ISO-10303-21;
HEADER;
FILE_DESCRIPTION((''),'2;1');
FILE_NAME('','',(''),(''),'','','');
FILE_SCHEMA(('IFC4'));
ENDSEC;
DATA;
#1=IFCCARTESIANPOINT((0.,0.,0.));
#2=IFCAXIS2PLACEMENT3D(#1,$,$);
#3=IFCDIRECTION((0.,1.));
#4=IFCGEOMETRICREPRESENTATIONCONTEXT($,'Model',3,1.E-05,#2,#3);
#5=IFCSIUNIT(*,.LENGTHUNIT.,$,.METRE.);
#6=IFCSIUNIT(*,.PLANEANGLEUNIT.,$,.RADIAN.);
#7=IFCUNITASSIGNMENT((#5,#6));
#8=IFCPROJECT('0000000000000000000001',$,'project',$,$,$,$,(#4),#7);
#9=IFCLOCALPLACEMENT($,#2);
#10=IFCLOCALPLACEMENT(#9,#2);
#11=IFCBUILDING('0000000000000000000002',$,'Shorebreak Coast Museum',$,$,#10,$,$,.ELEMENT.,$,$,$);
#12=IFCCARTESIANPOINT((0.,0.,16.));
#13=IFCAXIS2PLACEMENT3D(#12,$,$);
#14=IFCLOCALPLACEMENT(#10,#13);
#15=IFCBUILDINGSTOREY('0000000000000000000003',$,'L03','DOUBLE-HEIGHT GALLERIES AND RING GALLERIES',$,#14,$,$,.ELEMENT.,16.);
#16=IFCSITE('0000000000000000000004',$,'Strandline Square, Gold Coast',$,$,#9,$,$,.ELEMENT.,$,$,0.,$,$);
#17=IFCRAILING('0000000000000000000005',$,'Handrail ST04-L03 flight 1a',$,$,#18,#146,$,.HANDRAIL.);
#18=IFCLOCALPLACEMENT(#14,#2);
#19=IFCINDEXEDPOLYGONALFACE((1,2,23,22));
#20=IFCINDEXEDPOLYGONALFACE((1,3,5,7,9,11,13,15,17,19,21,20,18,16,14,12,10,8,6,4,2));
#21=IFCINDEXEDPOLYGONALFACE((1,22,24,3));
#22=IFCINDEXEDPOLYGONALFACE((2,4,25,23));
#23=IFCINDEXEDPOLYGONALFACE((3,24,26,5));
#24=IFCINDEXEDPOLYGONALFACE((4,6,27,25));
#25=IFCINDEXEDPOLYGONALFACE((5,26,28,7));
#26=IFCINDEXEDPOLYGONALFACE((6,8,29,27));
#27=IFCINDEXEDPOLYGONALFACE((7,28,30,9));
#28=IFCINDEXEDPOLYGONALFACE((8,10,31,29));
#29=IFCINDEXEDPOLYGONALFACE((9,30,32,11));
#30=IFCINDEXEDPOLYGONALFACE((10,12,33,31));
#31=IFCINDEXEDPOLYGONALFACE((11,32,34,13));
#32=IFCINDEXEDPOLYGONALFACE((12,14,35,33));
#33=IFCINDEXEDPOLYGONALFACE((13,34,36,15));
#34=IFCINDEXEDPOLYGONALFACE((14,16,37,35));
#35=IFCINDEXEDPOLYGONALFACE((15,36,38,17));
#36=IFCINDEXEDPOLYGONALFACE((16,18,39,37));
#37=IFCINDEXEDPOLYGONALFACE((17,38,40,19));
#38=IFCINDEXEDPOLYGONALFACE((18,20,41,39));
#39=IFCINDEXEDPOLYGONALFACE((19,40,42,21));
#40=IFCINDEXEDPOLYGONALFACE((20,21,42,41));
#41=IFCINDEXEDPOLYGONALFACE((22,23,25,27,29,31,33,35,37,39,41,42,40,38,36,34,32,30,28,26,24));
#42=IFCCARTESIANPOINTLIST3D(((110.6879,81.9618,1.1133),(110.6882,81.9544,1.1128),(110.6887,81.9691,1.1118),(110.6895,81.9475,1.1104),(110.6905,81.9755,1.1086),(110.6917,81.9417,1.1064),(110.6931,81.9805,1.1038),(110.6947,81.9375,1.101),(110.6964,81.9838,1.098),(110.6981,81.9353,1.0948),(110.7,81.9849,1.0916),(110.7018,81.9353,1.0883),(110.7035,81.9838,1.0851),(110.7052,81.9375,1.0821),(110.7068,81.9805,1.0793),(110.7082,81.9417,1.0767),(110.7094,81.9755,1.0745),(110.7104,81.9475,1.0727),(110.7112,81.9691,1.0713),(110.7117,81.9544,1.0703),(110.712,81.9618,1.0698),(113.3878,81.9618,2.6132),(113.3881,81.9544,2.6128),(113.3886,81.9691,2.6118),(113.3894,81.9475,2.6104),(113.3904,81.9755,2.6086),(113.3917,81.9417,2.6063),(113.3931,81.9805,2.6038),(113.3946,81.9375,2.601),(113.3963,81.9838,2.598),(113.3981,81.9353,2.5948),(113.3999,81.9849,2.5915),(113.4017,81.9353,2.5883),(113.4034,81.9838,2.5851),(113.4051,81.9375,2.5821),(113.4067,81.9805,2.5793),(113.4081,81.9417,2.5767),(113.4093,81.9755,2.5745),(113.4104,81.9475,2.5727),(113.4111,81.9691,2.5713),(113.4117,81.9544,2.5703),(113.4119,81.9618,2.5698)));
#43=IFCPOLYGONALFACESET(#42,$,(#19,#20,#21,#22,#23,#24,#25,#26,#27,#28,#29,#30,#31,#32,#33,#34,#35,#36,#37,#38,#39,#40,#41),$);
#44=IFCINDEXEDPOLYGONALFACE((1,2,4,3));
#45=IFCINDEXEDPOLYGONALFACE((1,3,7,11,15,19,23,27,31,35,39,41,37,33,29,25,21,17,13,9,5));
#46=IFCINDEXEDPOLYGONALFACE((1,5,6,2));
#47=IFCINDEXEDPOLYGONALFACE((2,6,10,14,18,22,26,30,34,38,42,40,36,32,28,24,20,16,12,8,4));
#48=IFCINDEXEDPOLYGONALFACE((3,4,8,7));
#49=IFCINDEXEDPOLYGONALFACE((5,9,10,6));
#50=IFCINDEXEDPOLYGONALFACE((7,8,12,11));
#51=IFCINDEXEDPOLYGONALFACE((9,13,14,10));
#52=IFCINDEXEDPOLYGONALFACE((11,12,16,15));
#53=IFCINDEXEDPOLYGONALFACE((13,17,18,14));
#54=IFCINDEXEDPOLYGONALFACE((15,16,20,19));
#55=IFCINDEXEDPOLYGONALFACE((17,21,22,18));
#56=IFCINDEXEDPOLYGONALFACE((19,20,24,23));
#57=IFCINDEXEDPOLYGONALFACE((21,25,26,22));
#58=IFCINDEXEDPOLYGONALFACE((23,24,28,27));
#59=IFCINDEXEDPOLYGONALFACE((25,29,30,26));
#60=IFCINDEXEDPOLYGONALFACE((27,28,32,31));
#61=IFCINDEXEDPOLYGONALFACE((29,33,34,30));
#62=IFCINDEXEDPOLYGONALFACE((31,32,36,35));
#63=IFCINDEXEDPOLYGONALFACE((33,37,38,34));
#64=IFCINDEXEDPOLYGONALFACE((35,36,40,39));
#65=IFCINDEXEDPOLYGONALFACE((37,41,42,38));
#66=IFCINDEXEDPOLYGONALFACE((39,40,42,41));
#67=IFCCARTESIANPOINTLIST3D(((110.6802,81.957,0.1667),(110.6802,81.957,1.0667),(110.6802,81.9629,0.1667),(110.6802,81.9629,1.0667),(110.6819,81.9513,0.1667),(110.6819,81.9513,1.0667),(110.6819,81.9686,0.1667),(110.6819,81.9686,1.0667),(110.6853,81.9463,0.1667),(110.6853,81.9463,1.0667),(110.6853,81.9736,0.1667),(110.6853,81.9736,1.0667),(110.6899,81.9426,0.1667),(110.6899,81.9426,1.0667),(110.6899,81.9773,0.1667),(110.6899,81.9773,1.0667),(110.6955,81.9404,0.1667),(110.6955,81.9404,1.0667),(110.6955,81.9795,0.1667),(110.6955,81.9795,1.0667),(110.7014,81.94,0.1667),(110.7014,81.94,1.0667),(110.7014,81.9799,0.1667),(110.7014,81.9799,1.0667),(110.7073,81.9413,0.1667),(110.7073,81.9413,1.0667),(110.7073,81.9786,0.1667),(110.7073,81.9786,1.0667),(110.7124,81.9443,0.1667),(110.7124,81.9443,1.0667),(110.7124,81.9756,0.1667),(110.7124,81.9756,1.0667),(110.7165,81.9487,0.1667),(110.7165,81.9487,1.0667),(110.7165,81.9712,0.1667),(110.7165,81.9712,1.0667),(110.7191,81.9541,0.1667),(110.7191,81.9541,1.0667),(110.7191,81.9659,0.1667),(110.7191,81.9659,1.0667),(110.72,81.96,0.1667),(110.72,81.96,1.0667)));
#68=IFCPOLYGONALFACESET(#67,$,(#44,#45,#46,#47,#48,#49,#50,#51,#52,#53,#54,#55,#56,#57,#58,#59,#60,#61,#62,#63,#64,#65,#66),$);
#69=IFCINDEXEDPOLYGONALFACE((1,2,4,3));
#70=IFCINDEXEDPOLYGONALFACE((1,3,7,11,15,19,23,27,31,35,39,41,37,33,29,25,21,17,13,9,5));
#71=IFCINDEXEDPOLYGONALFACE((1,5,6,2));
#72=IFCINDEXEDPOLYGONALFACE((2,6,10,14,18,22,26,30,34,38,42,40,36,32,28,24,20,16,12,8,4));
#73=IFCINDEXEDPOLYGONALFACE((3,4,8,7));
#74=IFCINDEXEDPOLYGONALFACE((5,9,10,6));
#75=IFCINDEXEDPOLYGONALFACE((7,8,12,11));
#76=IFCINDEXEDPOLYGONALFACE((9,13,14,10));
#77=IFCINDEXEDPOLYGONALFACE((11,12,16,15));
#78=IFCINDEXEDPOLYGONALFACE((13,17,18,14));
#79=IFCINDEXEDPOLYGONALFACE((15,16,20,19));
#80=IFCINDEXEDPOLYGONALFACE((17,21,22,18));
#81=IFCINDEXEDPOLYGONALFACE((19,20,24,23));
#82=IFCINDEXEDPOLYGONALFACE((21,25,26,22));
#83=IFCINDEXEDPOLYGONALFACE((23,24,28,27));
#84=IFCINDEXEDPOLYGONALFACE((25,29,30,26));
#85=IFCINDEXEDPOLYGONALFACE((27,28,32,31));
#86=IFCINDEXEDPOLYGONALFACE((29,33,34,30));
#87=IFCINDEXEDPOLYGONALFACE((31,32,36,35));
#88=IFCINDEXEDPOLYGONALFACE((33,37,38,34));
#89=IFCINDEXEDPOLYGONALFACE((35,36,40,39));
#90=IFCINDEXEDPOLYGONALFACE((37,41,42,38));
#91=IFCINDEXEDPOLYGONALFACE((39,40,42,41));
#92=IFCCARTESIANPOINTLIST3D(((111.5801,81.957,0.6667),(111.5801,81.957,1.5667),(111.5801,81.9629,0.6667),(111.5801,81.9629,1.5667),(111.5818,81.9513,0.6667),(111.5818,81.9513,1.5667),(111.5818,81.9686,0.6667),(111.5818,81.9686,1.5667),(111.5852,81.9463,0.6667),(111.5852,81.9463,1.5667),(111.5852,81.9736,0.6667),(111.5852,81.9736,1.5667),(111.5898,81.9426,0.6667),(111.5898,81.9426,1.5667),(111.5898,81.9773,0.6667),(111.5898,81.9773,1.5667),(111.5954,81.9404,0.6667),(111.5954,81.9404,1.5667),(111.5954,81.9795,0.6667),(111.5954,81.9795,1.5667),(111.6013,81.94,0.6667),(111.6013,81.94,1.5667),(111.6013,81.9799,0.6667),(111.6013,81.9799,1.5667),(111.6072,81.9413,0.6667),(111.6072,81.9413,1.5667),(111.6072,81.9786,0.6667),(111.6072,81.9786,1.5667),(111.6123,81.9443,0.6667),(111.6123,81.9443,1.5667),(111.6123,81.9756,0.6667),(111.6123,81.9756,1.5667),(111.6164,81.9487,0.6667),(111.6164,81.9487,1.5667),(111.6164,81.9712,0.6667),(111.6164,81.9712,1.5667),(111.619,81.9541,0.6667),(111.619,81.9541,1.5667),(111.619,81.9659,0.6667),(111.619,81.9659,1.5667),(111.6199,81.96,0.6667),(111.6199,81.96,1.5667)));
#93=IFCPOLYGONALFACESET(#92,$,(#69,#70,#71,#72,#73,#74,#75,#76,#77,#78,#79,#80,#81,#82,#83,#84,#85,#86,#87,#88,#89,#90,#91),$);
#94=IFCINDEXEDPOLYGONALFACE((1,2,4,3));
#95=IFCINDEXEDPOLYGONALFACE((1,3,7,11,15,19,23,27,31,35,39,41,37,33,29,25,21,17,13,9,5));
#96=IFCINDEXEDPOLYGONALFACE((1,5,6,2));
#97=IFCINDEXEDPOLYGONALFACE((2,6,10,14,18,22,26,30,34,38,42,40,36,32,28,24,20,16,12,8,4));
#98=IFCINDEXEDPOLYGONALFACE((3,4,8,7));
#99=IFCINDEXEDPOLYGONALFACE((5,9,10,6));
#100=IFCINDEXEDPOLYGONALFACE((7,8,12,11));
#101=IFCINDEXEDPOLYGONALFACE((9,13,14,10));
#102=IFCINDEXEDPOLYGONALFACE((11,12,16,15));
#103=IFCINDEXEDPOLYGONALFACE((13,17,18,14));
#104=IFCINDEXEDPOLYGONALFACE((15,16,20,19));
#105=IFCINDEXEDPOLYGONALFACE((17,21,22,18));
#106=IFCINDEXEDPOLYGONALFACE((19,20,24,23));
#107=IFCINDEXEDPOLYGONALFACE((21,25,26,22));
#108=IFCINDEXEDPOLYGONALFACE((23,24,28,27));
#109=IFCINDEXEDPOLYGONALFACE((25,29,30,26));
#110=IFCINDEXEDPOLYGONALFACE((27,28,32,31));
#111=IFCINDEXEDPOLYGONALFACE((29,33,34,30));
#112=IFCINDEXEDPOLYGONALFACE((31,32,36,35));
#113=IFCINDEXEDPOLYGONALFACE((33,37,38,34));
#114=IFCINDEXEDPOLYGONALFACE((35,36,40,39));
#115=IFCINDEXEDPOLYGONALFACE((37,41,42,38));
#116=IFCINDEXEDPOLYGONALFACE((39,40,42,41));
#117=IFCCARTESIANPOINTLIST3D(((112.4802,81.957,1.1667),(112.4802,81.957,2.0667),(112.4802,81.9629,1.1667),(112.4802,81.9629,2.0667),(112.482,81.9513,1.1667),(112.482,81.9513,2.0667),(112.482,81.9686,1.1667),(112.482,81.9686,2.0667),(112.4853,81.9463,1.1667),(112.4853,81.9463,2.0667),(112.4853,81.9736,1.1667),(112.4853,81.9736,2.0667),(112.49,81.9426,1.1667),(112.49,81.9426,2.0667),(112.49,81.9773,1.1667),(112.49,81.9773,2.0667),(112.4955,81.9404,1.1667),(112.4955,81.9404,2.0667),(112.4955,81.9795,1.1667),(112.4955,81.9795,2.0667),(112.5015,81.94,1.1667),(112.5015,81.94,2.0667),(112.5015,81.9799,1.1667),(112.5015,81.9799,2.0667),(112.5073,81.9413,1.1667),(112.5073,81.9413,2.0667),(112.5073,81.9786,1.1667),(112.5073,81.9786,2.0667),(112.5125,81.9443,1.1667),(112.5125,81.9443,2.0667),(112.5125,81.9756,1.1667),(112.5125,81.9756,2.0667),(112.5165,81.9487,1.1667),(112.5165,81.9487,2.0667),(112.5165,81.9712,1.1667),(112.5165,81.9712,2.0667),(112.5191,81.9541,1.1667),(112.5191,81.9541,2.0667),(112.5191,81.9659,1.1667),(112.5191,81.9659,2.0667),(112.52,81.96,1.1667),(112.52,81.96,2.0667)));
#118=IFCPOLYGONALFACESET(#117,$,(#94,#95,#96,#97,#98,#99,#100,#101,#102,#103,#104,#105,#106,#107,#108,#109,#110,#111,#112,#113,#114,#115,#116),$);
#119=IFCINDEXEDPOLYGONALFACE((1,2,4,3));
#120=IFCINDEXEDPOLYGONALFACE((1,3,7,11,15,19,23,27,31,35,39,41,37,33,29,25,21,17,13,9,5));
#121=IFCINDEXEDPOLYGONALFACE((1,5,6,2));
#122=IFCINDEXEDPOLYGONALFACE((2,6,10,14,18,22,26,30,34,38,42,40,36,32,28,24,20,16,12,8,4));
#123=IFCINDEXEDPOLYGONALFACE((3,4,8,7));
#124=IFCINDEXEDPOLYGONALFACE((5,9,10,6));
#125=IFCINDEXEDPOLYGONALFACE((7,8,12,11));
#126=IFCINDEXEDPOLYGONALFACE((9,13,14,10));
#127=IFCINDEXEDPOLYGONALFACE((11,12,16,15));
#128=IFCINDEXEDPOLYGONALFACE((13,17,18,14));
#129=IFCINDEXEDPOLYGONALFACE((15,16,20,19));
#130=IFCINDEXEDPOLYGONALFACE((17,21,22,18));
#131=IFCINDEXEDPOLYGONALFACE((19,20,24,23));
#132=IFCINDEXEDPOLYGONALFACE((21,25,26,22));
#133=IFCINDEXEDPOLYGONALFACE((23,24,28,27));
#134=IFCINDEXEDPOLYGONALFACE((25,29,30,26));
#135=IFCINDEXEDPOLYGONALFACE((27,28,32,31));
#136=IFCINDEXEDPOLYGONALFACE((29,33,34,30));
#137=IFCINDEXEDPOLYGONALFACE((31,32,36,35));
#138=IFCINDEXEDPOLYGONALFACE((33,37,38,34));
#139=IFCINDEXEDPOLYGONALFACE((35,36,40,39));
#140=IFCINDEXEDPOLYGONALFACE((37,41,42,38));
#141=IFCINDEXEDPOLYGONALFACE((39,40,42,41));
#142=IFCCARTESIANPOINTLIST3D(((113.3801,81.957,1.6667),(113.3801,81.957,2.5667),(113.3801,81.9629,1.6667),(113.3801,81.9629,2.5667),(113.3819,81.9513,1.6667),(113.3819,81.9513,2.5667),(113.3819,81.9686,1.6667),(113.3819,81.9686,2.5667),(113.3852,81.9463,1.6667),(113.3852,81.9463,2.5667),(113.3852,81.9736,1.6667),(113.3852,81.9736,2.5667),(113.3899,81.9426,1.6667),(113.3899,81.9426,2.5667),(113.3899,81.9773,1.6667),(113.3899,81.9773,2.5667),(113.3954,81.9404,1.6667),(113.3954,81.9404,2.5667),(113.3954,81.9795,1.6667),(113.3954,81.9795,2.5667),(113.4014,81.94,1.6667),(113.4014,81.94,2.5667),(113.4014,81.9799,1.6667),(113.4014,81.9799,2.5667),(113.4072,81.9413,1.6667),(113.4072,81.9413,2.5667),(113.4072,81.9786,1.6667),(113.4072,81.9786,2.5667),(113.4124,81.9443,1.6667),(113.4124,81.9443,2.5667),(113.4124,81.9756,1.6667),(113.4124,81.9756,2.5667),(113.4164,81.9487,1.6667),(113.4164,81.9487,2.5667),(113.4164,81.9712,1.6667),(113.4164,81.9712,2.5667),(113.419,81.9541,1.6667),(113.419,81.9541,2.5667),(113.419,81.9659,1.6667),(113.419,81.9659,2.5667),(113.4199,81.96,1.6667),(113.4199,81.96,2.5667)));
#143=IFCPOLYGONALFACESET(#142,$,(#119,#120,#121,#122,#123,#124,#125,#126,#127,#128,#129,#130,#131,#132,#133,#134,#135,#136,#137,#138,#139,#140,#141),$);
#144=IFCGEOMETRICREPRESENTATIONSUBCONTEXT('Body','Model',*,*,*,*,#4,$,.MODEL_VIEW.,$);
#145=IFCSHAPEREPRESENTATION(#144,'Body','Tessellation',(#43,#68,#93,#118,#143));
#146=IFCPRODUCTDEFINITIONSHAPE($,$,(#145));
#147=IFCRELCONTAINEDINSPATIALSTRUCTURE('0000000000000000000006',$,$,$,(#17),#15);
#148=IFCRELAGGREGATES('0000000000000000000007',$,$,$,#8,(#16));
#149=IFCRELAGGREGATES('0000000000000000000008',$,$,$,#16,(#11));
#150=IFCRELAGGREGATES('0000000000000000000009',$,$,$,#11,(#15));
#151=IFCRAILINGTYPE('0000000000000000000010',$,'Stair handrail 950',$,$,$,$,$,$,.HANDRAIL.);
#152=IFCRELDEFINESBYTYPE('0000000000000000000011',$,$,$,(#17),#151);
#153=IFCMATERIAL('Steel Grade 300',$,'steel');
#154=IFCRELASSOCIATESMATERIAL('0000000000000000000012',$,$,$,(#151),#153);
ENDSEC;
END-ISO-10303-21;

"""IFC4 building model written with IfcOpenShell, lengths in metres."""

from ifc_helpers import new_model, si_unit, direction, frame, origin, origin_2d, place, context, subcontext, project, spatial, circle, extrude, material, type_object, element, save


model = new_model("IFC4")

# Units and contexts
model_context = context("Model", 3, precision=1e-05, world=origin(), true_north=direction((0.0, 1.0)))
body_context = subcontext(model_context, "Body", "Model", "MODEL_VIEW")
ifc_project = project(units=[si_unit("LENGTHUNIT", "METRE"), si_unit("PLANEANGLEUNIT", "RADIAN")], contexts=[model_context])

# Site, building, storey
site_placement = place(None, origin())
site = spatial("IfcSite", under=ifc_project, at=site_placement, Name="Strandline Square, Gold Coast", CompositionType="ELEMENT", RefElevation=0.0)
building_placement = place(site_placement, origin())
building = spatial("IfcBuilding", under=site, at=building_placement, Name="Shorebreak Coast Museum", CompositionType="ELEMENT")
storey_placement = place(building_placement, frame((0.0, 0.0, 16.0)))
storey = spatial("IfcBuildingStorey", under=building, at=storey_placement, Name="L03", Description="DOUBLE-HEIGHT GALLERIES AND RING GALLERIES", CompositionType="ELEMENT", Elevation=16.0)

# Railing
ifc_material_1 = material(Name="Steel Grade 300", Category="steel")
railing_type_1 = type_object("IfcRailingType", Name="Stair handrail 950", PredefinedType="HANDRAIL", material=ifc_material_1)
for number, where, name in (
    (1, (110.7, 81.96, 0.1667), "Handrail ST04-L03 flight 1a"),
):
    element("IfcRailing", number, at=place(storey_placement, frame(where)), inside=storey, type_object=railing_type_1, Name=name, PredefinedType="HANDRAIL", context=body_context, shape_type="SweptSolid", body=[
        extrude(circle(Radius=0.0249, at=origin_2d()), frame((0.0, 0.0, 0.9248), z_axis=(0.874154, 0.0, 0.48565), x_axis=(0.0, 1.0, 0.0)), (0.0, 0.0, 1.0), 3.0886),
        extrude(circle(Radius=0.02, at=origin_2d()), origin(), (0.0, 0.0, 1.0), 0.8999),
        extrude(circle(Radius=0.02, at=origin_2d()), frame((0.8999, 0.0, 0.5)), (0.0, 0.0, 1.0), 0.8999),
        extrude(circle(Radius=0.02, at=origin_2d()), frame((1.8, 0.0, 1.0)), (0.0, 0.0, 1.0), 0.8999),
        extrude(circle(Radius=0.02, at=origin_2d()), frame((2.7, 0.0, 1.5)), (0.0, 0.0, 1.0), 0.8999),
    ])

save(model, "model.ifc")
